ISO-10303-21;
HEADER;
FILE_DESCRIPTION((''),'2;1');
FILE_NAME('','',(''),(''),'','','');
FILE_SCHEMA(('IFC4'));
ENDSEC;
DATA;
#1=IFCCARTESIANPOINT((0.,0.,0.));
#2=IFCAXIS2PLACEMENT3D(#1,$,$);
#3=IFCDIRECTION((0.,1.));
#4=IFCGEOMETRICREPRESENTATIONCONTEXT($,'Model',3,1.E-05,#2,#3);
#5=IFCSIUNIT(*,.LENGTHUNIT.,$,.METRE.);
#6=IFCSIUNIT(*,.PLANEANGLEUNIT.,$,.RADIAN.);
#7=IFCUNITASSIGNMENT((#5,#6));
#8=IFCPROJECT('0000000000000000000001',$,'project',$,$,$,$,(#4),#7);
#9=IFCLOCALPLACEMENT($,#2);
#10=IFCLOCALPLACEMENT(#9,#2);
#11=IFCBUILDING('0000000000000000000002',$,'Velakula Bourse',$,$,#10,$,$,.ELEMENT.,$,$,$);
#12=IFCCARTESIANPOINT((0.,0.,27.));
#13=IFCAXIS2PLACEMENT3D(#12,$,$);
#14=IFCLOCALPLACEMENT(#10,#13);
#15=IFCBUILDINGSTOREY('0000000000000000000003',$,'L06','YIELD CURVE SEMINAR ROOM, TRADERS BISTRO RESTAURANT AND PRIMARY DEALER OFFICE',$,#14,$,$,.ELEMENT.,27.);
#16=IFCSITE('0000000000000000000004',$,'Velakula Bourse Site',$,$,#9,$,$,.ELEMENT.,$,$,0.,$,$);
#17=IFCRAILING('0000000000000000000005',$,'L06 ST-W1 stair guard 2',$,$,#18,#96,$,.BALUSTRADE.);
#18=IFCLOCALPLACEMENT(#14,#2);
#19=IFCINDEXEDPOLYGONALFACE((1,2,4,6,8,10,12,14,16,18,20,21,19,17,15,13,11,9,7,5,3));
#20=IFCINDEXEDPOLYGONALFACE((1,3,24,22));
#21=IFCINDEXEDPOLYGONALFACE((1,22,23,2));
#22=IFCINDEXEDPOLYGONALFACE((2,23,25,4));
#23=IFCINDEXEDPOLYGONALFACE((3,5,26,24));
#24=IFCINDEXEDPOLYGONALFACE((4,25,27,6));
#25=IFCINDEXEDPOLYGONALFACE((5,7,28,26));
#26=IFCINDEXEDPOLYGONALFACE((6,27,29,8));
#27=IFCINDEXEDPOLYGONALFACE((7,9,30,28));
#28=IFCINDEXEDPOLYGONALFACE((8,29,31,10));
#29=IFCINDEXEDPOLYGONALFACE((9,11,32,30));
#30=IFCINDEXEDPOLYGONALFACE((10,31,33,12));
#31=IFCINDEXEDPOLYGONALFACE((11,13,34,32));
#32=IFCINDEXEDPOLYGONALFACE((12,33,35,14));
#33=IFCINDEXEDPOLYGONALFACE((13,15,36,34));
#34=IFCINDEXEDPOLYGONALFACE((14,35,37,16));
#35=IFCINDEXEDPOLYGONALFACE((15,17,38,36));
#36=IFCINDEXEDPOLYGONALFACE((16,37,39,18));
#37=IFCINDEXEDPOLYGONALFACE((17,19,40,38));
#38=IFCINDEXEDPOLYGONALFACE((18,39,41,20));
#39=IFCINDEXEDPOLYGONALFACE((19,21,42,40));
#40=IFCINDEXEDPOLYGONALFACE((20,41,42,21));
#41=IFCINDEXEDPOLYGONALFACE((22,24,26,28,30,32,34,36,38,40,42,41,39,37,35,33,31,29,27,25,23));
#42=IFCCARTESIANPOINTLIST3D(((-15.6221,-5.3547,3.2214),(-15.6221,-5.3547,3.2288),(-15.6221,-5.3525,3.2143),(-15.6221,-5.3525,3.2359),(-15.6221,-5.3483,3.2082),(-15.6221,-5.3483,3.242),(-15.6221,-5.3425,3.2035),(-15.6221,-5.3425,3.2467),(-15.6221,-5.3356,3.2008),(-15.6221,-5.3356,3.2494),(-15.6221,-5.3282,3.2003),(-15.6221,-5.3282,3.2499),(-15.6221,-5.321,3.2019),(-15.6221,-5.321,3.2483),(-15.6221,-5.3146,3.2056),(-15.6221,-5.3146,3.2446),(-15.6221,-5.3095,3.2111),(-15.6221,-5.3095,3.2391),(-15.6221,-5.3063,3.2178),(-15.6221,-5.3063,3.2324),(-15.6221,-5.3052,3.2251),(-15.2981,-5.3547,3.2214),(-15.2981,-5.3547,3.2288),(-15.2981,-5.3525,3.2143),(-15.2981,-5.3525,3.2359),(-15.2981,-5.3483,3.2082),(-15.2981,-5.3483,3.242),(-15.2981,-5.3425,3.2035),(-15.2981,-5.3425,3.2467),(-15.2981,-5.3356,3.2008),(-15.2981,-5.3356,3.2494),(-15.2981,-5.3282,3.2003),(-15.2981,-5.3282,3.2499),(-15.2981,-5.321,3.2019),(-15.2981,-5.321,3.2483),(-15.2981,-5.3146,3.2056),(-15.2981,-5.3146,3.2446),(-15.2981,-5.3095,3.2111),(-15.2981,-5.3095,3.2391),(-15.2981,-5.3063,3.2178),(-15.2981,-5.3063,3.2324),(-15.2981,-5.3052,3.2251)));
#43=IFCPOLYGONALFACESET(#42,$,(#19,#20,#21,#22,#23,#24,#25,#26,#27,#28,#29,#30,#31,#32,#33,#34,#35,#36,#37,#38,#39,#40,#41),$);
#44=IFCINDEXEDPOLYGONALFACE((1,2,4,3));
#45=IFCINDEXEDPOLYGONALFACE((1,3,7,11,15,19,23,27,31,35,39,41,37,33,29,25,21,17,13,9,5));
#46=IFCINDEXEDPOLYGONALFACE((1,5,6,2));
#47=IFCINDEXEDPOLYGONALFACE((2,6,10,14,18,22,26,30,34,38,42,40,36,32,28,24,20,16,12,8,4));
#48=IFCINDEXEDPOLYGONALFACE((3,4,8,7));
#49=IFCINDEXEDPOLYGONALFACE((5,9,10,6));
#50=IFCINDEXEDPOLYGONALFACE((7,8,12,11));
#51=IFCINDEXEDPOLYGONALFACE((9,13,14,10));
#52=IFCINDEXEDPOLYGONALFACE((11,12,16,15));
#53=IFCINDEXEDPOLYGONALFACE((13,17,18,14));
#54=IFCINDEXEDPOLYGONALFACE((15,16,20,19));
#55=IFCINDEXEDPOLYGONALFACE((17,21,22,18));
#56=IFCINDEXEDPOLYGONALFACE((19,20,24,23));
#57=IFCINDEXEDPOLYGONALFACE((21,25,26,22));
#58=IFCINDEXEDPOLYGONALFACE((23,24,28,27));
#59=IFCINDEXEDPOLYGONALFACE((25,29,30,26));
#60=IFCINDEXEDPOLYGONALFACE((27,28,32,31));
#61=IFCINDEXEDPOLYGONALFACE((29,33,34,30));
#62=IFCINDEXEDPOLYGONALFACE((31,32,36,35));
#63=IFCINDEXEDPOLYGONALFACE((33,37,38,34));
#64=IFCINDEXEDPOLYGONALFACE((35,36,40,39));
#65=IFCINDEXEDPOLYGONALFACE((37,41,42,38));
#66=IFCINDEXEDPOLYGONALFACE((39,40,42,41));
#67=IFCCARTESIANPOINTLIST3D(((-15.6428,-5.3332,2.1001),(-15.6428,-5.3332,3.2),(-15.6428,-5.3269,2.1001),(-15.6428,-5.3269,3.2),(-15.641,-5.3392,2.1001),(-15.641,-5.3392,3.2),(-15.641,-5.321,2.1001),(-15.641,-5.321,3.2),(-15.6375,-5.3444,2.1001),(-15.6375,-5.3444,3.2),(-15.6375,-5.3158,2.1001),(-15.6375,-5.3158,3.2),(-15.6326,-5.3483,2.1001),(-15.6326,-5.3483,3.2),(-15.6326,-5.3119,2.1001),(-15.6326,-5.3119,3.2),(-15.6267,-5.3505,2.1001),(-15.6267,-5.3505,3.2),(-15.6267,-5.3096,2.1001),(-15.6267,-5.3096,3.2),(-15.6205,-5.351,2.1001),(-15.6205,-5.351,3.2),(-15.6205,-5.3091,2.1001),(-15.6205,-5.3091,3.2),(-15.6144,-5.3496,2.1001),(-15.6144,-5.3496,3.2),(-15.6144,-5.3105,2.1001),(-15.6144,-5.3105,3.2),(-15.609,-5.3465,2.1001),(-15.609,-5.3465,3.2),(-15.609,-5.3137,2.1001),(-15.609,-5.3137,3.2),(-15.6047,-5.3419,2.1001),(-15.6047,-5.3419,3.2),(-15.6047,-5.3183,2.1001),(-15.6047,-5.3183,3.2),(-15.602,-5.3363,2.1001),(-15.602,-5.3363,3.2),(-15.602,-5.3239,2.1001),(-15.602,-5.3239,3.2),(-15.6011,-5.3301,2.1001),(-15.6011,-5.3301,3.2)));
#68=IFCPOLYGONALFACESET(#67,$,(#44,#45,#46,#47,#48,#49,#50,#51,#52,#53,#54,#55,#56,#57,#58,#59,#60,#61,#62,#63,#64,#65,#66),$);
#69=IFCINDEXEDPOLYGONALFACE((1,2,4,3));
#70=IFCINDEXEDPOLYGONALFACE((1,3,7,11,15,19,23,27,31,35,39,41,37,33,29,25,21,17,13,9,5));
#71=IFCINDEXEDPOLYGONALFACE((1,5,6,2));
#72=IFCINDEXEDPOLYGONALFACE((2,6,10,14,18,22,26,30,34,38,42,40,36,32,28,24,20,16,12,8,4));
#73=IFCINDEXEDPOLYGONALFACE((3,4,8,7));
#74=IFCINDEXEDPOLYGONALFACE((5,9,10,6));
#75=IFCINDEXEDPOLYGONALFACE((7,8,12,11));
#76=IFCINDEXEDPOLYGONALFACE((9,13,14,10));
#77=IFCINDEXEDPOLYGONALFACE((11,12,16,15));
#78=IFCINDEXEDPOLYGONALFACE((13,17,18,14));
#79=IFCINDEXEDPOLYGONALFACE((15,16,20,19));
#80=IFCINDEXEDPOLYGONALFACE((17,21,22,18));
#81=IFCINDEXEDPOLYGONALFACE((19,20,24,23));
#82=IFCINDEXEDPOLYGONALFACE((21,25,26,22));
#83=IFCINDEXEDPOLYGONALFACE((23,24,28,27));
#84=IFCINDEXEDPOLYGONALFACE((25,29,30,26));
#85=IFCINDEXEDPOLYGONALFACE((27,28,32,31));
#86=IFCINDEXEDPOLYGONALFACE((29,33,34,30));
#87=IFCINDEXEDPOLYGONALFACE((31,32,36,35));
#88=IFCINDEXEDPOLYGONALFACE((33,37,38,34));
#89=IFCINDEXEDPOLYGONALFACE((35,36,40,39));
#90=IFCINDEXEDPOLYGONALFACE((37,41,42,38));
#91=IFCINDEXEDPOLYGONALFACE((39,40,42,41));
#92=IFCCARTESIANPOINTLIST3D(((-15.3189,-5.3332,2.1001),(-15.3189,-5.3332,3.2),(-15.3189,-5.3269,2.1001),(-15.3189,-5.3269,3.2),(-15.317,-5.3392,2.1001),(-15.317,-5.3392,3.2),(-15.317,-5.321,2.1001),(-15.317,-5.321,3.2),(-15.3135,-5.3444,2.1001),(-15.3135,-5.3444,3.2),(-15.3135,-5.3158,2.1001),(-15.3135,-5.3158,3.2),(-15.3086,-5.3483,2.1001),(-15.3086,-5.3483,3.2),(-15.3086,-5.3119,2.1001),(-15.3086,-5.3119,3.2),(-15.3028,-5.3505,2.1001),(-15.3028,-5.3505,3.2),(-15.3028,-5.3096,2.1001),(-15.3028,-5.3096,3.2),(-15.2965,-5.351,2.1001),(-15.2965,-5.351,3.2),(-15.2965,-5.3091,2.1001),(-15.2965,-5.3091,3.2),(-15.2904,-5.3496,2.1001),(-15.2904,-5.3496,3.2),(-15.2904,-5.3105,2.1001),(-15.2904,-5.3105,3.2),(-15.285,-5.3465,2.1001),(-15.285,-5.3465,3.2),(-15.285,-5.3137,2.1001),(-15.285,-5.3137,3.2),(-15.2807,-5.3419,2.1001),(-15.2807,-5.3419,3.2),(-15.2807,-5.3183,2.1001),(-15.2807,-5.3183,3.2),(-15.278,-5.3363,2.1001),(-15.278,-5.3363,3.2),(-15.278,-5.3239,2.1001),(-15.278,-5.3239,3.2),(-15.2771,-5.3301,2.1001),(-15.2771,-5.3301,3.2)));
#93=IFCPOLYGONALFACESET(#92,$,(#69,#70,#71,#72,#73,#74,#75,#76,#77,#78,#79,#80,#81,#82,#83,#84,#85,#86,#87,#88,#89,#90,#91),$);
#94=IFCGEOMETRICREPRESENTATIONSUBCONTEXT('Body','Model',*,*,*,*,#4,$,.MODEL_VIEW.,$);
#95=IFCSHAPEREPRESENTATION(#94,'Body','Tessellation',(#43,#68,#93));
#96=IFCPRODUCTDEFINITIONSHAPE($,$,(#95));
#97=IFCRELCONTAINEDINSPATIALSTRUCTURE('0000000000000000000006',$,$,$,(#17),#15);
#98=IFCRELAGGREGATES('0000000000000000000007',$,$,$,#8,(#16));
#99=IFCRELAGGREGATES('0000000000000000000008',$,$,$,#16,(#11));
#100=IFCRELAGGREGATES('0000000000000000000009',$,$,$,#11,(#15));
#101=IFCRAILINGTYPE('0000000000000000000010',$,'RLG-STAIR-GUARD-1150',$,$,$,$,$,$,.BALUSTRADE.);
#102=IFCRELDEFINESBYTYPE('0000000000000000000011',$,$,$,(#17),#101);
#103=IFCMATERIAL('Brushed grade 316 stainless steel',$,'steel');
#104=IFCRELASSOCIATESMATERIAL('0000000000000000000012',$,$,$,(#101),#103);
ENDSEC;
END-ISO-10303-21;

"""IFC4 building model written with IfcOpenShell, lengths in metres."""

from ifc_helpers import new_model, si_unit, direction, frame, origin, origin_2d, place, context, subcontext, project, spatial, circle, extrude, material, type_object, element, save


model = new_model("IFC4")

# Units and contexts
model_context = context("Model", 3, precision=1e-05, world=origin(), true_north=direction((0.0, 1.0)))
body_context = subcontext(model_context, "Body", "Model", "MODEL_VIEW")
ifc_project = project(units=[si_unit("LENGTHUNIT", "METRE"), si_unit("PLANEANGLEUNIT", "RADIAN")], contexts=[model_context])

# Site, building, storey
site_placement = place(None, origin())
site = spatial("IfcSite", under=ifc_project, at=site_placement, Name="Velakula Bourse Site", CompositionType="ELEMENT", RefElevation=0.0)
building_placement = place(site_placement, origin())
building = spatial("IfcBuilding", under=site, at=building_placement, Name="Velakula Bourse", CompositionType="ELEMENT")
storey_placement = place(building_placement, frame((0.0, 0.0, 27.0)))
storey = spatial("IfcBuildingStorey", under=building, at=storey_placement, Name="L06", Description="YIELD CURVE SEMINAR ROOM, TRADERS BISTRO RESTAURANT AND PRIMARY DEALER OFFICE", CompositionType="ELEMENT", Elevation=27.0)

# Shared definitions
ifc_material_1 = material(Name="Brushed grade 316 stainless steel", Category="steel")

# Railing
railing_type_1 = type_object("IfcRailingType", Name="RLG-STAIR-GUARD-1150", PredefinedType="BALUSTRADE", material=ifc_material_1)
railing_1_placement = place(storey_placement, frame((-15.6221, -5.3301, 2.1001)))
element("IfcRailing", 1, at=railing_1_placement, inside=storey, type_object=railing_type_1, Name="L06 ST-W1 stair guard 2", PredefinedType="BALUSTRADE", context=body_context, shape_type="SweptSolid", body=[
    extrude(circle(Radius=0.0249, at=origin_2d()), frame((0.0, 0.0, 1.125), z_axis=(1.0, 0.0, 0.0), x_axis=(0.0, 1.0, 0.0)), (0.0, 0.0, 1.0), 0.324),
    extrude(circle(Radius=0.021, at=origin_2d()), origin(), (0.0, 0.0, 1.0), 1.0999),
    extrude(circle(Radius=0.021, at=origin_2d()), frame((0.324, 0.0, 0.0)), (0.0, 0.0, 1.0), 1.0999),
])

save(model, "model.ifc")
